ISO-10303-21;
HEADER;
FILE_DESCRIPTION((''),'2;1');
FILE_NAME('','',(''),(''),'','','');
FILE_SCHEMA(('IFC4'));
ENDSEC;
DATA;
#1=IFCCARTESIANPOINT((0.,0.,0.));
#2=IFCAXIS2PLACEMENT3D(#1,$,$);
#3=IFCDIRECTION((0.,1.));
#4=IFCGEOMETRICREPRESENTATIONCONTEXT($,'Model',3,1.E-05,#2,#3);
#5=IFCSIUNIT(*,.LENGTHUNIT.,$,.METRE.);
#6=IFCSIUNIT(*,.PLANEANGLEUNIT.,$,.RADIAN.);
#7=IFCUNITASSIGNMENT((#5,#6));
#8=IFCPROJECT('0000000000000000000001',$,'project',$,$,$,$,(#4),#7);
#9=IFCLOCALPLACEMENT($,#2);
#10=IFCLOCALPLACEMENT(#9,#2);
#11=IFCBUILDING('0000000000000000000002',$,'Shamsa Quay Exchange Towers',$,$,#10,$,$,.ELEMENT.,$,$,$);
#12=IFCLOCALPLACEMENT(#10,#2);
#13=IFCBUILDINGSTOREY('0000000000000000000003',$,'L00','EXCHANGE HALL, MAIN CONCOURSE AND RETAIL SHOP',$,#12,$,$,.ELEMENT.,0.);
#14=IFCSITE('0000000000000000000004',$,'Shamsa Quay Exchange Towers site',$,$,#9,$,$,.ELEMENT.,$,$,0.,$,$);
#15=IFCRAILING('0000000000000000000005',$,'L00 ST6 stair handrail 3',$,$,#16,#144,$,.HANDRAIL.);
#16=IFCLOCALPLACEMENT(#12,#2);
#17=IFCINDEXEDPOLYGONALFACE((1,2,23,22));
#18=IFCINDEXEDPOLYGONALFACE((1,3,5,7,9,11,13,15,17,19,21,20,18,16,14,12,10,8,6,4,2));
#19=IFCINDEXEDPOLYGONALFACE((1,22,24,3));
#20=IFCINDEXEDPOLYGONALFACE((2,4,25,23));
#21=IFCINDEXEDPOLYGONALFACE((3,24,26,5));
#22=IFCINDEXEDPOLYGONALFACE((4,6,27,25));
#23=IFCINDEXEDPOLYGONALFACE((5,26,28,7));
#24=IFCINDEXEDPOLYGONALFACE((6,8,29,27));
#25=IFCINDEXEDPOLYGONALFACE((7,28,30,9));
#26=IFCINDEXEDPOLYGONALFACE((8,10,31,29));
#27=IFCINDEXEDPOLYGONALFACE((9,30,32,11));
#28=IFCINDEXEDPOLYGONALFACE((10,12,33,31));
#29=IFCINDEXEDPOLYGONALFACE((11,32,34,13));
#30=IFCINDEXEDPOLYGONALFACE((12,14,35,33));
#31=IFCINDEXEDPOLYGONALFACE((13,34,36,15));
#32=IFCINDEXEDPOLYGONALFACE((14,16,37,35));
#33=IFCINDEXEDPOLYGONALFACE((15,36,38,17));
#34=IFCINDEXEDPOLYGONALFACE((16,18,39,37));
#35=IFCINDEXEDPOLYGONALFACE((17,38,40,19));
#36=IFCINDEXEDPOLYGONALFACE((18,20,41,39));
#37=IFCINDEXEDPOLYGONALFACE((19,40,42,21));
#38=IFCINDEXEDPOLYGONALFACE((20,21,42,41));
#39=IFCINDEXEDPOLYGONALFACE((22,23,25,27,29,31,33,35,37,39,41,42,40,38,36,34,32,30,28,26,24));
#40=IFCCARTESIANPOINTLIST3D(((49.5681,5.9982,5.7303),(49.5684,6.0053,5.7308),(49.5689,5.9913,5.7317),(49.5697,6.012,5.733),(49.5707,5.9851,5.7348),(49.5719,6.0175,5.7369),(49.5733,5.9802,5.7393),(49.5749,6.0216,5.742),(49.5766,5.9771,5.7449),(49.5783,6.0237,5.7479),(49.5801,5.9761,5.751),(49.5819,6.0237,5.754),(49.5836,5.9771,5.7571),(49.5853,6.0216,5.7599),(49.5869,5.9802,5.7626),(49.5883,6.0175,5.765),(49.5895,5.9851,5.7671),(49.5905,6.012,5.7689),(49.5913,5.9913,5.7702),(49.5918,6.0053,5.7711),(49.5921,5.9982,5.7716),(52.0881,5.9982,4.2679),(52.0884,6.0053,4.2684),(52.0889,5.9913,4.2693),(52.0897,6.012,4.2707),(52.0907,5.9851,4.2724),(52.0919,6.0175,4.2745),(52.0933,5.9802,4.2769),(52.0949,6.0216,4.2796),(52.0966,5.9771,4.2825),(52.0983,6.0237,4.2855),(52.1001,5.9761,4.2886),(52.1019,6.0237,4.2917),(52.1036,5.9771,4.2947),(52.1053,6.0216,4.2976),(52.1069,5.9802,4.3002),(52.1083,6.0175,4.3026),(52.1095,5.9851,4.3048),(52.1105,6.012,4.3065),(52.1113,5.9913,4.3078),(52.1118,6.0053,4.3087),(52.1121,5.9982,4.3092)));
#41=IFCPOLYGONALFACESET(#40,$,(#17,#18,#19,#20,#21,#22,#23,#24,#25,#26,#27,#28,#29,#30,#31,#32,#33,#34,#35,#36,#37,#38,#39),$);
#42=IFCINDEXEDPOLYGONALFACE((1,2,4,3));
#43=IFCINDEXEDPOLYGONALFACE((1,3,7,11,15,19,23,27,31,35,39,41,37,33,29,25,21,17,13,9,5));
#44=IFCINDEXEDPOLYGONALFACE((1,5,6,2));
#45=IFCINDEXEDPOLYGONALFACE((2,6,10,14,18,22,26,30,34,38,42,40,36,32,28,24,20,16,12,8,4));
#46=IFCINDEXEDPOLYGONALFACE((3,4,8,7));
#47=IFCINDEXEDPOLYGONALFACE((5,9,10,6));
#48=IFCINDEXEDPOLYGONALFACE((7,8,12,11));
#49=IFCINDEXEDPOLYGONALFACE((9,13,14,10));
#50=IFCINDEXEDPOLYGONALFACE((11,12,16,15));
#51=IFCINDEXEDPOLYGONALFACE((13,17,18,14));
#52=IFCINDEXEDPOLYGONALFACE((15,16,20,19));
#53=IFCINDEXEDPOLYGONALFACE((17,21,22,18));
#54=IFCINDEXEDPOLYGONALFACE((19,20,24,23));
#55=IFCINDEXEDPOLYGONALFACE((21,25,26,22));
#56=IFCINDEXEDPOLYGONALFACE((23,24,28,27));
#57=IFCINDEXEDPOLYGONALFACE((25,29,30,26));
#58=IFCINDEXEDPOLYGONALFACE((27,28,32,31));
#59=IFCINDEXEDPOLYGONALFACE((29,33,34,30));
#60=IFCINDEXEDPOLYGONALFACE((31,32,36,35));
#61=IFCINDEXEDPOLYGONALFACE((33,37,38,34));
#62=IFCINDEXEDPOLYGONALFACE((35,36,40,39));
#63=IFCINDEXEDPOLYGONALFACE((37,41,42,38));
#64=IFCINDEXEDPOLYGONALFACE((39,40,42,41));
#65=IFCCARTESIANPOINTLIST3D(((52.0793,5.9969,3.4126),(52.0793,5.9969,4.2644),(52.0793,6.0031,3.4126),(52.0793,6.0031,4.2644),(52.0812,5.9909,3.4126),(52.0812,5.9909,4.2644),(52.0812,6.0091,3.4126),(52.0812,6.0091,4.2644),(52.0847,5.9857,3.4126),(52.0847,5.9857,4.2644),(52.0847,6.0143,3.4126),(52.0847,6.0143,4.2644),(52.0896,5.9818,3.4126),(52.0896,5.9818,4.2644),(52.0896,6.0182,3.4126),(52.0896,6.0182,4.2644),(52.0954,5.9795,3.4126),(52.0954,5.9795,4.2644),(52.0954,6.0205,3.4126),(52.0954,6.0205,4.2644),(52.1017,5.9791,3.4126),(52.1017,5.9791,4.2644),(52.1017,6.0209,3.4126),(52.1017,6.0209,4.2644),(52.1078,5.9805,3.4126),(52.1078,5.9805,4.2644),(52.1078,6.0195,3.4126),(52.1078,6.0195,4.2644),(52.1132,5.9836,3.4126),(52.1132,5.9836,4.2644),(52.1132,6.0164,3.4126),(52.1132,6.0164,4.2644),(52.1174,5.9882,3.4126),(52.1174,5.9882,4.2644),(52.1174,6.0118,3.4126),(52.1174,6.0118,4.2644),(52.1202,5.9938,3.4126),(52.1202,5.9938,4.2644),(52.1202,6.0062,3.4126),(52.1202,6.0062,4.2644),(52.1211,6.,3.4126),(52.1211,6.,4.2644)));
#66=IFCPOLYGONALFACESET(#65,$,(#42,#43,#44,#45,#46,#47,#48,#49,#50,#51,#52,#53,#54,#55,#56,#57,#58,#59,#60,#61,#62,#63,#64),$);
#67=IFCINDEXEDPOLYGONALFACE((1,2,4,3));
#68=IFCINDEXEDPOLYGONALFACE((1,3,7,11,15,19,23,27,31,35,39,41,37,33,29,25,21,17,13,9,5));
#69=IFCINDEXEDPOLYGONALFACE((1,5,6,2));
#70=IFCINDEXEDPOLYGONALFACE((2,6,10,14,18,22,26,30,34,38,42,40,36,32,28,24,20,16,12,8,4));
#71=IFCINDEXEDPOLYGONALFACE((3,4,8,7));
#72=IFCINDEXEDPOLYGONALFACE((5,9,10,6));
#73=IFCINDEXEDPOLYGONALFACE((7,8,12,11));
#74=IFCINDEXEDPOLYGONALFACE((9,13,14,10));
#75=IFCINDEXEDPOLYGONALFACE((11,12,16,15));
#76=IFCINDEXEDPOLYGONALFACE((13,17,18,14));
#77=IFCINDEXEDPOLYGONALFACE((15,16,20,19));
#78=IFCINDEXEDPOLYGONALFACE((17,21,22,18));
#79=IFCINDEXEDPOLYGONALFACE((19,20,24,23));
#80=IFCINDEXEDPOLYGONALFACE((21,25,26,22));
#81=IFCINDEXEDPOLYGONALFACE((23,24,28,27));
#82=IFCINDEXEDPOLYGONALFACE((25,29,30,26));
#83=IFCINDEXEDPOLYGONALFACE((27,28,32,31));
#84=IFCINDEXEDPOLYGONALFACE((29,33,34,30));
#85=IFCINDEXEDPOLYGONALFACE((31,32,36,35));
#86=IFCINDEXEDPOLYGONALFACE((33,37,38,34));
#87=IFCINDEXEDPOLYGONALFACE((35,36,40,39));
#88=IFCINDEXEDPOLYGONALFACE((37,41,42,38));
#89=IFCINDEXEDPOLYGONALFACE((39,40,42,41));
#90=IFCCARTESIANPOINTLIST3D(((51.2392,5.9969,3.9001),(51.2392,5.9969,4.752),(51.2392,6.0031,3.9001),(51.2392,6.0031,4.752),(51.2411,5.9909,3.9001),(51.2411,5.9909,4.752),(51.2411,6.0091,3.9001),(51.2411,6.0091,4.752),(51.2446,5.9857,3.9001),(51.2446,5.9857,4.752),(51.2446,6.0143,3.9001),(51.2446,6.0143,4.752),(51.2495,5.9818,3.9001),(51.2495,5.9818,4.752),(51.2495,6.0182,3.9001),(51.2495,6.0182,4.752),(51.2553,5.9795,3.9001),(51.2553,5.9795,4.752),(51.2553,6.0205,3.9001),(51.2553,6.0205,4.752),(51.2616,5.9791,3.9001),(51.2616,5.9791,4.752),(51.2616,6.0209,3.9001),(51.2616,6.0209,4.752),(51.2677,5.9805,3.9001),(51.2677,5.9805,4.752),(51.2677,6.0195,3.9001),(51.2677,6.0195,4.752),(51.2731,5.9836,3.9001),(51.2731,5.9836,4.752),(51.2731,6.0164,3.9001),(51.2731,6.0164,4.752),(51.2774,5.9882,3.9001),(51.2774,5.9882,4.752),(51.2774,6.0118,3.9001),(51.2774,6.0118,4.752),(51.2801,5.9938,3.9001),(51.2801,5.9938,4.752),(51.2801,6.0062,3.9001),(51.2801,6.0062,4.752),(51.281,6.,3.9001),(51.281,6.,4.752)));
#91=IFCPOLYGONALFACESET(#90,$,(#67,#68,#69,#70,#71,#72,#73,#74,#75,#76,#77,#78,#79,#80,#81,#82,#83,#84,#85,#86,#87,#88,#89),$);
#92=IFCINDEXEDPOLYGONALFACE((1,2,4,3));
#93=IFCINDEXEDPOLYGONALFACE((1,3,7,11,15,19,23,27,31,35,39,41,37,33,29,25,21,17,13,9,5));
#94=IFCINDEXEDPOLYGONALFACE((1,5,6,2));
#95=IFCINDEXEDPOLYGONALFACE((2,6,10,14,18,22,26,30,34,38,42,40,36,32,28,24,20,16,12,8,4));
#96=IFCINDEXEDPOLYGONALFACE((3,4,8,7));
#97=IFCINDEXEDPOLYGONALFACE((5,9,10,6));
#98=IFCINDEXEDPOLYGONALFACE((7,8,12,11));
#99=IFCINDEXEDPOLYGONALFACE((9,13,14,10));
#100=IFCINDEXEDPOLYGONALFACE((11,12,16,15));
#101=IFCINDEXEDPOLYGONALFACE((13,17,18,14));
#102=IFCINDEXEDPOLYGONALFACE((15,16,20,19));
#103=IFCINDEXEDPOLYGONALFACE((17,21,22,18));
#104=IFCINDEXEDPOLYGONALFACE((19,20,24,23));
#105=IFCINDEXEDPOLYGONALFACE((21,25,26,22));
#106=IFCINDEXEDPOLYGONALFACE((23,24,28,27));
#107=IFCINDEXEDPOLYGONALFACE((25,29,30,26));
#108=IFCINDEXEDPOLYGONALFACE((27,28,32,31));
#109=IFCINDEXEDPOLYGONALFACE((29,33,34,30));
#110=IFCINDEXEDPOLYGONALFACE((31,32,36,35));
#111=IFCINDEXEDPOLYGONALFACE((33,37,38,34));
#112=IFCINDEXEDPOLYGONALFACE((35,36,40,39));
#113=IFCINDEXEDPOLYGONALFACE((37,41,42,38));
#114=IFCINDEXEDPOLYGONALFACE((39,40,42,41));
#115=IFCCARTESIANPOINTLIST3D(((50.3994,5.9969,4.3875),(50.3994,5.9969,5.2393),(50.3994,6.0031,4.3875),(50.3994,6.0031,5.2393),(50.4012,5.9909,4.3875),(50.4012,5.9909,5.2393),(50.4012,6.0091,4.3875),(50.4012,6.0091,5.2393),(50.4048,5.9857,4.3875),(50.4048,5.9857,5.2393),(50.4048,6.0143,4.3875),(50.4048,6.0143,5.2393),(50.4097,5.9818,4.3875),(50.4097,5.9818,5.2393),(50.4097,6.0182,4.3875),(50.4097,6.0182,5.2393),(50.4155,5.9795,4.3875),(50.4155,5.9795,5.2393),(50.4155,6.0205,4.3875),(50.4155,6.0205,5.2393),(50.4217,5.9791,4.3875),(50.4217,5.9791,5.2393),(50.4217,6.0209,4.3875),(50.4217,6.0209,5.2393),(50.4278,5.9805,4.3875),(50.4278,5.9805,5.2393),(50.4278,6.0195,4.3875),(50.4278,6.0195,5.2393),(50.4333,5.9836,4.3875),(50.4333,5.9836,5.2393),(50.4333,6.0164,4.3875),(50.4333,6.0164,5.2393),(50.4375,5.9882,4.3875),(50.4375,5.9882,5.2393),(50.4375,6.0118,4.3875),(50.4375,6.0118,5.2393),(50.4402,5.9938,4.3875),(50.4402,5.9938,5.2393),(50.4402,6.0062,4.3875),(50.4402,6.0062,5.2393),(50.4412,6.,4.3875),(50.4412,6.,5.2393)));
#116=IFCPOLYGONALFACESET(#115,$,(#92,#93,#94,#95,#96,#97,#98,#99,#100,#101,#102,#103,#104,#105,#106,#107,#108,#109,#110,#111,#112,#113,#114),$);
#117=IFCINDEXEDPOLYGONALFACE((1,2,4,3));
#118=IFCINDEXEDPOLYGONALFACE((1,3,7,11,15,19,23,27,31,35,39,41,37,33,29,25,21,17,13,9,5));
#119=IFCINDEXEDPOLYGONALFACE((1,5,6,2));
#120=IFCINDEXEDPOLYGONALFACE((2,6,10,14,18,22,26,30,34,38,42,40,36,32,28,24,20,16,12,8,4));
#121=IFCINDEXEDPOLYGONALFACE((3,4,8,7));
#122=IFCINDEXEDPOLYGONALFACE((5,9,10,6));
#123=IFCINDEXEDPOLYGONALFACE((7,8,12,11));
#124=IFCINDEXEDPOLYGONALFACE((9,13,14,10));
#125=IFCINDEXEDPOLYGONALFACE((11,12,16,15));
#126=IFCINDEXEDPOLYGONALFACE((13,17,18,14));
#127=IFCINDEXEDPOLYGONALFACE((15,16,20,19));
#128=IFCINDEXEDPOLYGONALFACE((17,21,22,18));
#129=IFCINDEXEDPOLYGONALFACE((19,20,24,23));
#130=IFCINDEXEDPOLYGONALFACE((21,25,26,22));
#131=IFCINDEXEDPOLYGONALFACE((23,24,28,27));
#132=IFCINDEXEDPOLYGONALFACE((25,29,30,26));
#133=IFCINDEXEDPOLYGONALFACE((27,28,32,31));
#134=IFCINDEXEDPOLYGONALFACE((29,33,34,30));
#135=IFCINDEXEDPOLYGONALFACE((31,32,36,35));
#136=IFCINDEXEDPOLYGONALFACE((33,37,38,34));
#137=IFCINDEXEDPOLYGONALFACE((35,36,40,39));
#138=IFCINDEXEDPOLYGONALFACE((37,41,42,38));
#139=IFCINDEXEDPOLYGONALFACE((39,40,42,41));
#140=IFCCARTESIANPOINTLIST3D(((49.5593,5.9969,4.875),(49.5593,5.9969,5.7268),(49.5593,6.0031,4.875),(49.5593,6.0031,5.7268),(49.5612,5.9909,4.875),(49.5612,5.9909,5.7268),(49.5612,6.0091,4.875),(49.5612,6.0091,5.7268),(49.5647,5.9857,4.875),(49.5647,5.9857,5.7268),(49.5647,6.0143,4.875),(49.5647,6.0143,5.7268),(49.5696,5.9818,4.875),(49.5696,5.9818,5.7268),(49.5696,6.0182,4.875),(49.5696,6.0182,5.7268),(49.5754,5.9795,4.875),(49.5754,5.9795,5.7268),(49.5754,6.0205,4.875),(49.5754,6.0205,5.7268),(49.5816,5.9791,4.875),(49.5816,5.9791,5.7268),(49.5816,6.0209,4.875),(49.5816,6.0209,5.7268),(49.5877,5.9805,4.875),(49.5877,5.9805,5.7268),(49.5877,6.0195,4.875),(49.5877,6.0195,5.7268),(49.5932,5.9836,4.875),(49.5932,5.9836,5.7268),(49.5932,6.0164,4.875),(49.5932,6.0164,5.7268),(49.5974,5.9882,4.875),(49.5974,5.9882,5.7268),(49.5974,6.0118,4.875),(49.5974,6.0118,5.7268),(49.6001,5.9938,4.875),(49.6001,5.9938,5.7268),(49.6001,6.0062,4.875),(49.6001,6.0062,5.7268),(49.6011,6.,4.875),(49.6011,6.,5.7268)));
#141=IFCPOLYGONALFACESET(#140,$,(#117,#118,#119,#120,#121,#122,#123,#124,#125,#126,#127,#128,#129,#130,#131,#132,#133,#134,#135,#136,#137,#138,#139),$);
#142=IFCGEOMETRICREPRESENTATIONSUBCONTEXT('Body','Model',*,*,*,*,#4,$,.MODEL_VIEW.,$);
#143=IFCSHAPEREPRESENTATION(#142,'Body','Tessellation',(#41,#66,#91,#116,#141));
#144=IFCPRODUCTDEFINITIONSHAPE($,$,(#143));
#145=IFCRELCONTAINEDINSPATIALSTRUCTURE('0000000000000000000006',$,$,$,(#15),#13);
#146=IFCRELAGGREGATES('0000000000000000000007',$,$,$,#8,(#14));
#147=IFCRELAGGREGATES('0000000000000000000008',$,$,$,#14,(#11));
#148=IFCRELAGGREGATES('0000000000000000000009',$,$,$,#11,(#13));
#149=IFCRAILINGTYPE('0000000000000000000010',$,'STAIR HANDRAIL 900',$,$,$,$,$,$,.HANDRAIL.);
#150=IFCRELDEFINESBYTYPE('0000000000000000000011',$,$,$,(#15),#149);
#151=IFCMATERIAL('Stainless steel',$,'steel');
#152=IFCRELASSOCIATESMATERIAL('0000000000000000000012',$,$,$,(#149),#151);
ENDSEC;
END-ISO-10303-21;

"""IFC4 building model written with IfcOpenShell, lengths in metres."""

from ifc_helpers import new_model, si_unit, direction, frame, origin, origin_2d, place, context, subcontext, project, spatial, circle, extrude, material, type_object, element, save


model = new_model("IFC4")

# Units and contexts
model_context = context("Model", 3, precision=1e-05, world=origin(), true_north=direction((0.0, 1.0)))
body_context = subcontext(model_context, "Body", "Model", "MODEL_VIEW")
ifc_project = project(units=[si_unit("LENGTHUNIT", "METRE"), si_unit("PLANEANGLEUNIT", "RADIAN")], contexts=[model_context])

# Site, building, storey
site_placement = place(None, origin())
site = spatial("IfcSite", under=ifc_project, at=site_placement, Name="Shamsa Quay Exchange Towers site", CompositionType="ELEMENT", RefElevation=0.0)
building_placement = place(site_placement, origin())
building = spatial("IfcBuilding", under=site, at=building_placement, Name="Shamsa Quay Exchange Towers", CompositionType="ELEMENT")
storey_placement = place(building_placement, origin())
storey = spatial("IfcBuildingStorey", under=building, at=storey_placement, Name="L00", Description="EXCHANGE HALL, MAIN CONCOURSE AND RETAIL SHOP", CompositionType="ELEMENT", Elevation=0.0)

# Railing
ifc_material_1 = material(Name="Stainless steel", Category="steel")
railing_type = type_object("IfcRailingType", Name="STAIR HANDRAIL 900", PredefinedType="HANDRAIL", material=ifc_material_1)
for number, where, name in (
    (1, (52.1001, 6.0, 3.4126), "L00 ST6 stair handrail 3"),
):
    element("IfcRailing", number, at=place(storey_placement, frame(where)), inside=storey, type_object=railing_type, Name=name, PredefinedType="HANDRAIL", context=body_context, shape_type="SweptSolid", body=[
        extrude(circle(Radius=0.0239, at=origin_2d()), frame((0.0, 0.0, 0.876), z_axis=(-0.864913, 0.0, 0.501921), x_axis=(0.0, -1.0, 0.0)), (0.0, 0.0, 1.0), 2.9136),
        extrude(circle(Radius=0.021, at=origin_2d()), origin(), (0.0, 0.0, 1.0), 0.8518),
        extrude(circle(Radius=0.021, at=origin_2d()), frame((-0.8401, 0.0, 0.4875)), (0.0, 0.0, 1.0), 0.8518),
        extrude(circle(Radius=0.021, at=origin_2d()), frame((-1.6799, 0.0, 0.9749)), (0.0, 0.0, 1.0), 0.8518),
        extrude(circle(Radius=0.021, at=origin_2d()), frame((-2.52, 0.0, 1.4624)), (0.0, 0.0, 1.0), 0.8518),
    ])

save(model, "model.ifc")
